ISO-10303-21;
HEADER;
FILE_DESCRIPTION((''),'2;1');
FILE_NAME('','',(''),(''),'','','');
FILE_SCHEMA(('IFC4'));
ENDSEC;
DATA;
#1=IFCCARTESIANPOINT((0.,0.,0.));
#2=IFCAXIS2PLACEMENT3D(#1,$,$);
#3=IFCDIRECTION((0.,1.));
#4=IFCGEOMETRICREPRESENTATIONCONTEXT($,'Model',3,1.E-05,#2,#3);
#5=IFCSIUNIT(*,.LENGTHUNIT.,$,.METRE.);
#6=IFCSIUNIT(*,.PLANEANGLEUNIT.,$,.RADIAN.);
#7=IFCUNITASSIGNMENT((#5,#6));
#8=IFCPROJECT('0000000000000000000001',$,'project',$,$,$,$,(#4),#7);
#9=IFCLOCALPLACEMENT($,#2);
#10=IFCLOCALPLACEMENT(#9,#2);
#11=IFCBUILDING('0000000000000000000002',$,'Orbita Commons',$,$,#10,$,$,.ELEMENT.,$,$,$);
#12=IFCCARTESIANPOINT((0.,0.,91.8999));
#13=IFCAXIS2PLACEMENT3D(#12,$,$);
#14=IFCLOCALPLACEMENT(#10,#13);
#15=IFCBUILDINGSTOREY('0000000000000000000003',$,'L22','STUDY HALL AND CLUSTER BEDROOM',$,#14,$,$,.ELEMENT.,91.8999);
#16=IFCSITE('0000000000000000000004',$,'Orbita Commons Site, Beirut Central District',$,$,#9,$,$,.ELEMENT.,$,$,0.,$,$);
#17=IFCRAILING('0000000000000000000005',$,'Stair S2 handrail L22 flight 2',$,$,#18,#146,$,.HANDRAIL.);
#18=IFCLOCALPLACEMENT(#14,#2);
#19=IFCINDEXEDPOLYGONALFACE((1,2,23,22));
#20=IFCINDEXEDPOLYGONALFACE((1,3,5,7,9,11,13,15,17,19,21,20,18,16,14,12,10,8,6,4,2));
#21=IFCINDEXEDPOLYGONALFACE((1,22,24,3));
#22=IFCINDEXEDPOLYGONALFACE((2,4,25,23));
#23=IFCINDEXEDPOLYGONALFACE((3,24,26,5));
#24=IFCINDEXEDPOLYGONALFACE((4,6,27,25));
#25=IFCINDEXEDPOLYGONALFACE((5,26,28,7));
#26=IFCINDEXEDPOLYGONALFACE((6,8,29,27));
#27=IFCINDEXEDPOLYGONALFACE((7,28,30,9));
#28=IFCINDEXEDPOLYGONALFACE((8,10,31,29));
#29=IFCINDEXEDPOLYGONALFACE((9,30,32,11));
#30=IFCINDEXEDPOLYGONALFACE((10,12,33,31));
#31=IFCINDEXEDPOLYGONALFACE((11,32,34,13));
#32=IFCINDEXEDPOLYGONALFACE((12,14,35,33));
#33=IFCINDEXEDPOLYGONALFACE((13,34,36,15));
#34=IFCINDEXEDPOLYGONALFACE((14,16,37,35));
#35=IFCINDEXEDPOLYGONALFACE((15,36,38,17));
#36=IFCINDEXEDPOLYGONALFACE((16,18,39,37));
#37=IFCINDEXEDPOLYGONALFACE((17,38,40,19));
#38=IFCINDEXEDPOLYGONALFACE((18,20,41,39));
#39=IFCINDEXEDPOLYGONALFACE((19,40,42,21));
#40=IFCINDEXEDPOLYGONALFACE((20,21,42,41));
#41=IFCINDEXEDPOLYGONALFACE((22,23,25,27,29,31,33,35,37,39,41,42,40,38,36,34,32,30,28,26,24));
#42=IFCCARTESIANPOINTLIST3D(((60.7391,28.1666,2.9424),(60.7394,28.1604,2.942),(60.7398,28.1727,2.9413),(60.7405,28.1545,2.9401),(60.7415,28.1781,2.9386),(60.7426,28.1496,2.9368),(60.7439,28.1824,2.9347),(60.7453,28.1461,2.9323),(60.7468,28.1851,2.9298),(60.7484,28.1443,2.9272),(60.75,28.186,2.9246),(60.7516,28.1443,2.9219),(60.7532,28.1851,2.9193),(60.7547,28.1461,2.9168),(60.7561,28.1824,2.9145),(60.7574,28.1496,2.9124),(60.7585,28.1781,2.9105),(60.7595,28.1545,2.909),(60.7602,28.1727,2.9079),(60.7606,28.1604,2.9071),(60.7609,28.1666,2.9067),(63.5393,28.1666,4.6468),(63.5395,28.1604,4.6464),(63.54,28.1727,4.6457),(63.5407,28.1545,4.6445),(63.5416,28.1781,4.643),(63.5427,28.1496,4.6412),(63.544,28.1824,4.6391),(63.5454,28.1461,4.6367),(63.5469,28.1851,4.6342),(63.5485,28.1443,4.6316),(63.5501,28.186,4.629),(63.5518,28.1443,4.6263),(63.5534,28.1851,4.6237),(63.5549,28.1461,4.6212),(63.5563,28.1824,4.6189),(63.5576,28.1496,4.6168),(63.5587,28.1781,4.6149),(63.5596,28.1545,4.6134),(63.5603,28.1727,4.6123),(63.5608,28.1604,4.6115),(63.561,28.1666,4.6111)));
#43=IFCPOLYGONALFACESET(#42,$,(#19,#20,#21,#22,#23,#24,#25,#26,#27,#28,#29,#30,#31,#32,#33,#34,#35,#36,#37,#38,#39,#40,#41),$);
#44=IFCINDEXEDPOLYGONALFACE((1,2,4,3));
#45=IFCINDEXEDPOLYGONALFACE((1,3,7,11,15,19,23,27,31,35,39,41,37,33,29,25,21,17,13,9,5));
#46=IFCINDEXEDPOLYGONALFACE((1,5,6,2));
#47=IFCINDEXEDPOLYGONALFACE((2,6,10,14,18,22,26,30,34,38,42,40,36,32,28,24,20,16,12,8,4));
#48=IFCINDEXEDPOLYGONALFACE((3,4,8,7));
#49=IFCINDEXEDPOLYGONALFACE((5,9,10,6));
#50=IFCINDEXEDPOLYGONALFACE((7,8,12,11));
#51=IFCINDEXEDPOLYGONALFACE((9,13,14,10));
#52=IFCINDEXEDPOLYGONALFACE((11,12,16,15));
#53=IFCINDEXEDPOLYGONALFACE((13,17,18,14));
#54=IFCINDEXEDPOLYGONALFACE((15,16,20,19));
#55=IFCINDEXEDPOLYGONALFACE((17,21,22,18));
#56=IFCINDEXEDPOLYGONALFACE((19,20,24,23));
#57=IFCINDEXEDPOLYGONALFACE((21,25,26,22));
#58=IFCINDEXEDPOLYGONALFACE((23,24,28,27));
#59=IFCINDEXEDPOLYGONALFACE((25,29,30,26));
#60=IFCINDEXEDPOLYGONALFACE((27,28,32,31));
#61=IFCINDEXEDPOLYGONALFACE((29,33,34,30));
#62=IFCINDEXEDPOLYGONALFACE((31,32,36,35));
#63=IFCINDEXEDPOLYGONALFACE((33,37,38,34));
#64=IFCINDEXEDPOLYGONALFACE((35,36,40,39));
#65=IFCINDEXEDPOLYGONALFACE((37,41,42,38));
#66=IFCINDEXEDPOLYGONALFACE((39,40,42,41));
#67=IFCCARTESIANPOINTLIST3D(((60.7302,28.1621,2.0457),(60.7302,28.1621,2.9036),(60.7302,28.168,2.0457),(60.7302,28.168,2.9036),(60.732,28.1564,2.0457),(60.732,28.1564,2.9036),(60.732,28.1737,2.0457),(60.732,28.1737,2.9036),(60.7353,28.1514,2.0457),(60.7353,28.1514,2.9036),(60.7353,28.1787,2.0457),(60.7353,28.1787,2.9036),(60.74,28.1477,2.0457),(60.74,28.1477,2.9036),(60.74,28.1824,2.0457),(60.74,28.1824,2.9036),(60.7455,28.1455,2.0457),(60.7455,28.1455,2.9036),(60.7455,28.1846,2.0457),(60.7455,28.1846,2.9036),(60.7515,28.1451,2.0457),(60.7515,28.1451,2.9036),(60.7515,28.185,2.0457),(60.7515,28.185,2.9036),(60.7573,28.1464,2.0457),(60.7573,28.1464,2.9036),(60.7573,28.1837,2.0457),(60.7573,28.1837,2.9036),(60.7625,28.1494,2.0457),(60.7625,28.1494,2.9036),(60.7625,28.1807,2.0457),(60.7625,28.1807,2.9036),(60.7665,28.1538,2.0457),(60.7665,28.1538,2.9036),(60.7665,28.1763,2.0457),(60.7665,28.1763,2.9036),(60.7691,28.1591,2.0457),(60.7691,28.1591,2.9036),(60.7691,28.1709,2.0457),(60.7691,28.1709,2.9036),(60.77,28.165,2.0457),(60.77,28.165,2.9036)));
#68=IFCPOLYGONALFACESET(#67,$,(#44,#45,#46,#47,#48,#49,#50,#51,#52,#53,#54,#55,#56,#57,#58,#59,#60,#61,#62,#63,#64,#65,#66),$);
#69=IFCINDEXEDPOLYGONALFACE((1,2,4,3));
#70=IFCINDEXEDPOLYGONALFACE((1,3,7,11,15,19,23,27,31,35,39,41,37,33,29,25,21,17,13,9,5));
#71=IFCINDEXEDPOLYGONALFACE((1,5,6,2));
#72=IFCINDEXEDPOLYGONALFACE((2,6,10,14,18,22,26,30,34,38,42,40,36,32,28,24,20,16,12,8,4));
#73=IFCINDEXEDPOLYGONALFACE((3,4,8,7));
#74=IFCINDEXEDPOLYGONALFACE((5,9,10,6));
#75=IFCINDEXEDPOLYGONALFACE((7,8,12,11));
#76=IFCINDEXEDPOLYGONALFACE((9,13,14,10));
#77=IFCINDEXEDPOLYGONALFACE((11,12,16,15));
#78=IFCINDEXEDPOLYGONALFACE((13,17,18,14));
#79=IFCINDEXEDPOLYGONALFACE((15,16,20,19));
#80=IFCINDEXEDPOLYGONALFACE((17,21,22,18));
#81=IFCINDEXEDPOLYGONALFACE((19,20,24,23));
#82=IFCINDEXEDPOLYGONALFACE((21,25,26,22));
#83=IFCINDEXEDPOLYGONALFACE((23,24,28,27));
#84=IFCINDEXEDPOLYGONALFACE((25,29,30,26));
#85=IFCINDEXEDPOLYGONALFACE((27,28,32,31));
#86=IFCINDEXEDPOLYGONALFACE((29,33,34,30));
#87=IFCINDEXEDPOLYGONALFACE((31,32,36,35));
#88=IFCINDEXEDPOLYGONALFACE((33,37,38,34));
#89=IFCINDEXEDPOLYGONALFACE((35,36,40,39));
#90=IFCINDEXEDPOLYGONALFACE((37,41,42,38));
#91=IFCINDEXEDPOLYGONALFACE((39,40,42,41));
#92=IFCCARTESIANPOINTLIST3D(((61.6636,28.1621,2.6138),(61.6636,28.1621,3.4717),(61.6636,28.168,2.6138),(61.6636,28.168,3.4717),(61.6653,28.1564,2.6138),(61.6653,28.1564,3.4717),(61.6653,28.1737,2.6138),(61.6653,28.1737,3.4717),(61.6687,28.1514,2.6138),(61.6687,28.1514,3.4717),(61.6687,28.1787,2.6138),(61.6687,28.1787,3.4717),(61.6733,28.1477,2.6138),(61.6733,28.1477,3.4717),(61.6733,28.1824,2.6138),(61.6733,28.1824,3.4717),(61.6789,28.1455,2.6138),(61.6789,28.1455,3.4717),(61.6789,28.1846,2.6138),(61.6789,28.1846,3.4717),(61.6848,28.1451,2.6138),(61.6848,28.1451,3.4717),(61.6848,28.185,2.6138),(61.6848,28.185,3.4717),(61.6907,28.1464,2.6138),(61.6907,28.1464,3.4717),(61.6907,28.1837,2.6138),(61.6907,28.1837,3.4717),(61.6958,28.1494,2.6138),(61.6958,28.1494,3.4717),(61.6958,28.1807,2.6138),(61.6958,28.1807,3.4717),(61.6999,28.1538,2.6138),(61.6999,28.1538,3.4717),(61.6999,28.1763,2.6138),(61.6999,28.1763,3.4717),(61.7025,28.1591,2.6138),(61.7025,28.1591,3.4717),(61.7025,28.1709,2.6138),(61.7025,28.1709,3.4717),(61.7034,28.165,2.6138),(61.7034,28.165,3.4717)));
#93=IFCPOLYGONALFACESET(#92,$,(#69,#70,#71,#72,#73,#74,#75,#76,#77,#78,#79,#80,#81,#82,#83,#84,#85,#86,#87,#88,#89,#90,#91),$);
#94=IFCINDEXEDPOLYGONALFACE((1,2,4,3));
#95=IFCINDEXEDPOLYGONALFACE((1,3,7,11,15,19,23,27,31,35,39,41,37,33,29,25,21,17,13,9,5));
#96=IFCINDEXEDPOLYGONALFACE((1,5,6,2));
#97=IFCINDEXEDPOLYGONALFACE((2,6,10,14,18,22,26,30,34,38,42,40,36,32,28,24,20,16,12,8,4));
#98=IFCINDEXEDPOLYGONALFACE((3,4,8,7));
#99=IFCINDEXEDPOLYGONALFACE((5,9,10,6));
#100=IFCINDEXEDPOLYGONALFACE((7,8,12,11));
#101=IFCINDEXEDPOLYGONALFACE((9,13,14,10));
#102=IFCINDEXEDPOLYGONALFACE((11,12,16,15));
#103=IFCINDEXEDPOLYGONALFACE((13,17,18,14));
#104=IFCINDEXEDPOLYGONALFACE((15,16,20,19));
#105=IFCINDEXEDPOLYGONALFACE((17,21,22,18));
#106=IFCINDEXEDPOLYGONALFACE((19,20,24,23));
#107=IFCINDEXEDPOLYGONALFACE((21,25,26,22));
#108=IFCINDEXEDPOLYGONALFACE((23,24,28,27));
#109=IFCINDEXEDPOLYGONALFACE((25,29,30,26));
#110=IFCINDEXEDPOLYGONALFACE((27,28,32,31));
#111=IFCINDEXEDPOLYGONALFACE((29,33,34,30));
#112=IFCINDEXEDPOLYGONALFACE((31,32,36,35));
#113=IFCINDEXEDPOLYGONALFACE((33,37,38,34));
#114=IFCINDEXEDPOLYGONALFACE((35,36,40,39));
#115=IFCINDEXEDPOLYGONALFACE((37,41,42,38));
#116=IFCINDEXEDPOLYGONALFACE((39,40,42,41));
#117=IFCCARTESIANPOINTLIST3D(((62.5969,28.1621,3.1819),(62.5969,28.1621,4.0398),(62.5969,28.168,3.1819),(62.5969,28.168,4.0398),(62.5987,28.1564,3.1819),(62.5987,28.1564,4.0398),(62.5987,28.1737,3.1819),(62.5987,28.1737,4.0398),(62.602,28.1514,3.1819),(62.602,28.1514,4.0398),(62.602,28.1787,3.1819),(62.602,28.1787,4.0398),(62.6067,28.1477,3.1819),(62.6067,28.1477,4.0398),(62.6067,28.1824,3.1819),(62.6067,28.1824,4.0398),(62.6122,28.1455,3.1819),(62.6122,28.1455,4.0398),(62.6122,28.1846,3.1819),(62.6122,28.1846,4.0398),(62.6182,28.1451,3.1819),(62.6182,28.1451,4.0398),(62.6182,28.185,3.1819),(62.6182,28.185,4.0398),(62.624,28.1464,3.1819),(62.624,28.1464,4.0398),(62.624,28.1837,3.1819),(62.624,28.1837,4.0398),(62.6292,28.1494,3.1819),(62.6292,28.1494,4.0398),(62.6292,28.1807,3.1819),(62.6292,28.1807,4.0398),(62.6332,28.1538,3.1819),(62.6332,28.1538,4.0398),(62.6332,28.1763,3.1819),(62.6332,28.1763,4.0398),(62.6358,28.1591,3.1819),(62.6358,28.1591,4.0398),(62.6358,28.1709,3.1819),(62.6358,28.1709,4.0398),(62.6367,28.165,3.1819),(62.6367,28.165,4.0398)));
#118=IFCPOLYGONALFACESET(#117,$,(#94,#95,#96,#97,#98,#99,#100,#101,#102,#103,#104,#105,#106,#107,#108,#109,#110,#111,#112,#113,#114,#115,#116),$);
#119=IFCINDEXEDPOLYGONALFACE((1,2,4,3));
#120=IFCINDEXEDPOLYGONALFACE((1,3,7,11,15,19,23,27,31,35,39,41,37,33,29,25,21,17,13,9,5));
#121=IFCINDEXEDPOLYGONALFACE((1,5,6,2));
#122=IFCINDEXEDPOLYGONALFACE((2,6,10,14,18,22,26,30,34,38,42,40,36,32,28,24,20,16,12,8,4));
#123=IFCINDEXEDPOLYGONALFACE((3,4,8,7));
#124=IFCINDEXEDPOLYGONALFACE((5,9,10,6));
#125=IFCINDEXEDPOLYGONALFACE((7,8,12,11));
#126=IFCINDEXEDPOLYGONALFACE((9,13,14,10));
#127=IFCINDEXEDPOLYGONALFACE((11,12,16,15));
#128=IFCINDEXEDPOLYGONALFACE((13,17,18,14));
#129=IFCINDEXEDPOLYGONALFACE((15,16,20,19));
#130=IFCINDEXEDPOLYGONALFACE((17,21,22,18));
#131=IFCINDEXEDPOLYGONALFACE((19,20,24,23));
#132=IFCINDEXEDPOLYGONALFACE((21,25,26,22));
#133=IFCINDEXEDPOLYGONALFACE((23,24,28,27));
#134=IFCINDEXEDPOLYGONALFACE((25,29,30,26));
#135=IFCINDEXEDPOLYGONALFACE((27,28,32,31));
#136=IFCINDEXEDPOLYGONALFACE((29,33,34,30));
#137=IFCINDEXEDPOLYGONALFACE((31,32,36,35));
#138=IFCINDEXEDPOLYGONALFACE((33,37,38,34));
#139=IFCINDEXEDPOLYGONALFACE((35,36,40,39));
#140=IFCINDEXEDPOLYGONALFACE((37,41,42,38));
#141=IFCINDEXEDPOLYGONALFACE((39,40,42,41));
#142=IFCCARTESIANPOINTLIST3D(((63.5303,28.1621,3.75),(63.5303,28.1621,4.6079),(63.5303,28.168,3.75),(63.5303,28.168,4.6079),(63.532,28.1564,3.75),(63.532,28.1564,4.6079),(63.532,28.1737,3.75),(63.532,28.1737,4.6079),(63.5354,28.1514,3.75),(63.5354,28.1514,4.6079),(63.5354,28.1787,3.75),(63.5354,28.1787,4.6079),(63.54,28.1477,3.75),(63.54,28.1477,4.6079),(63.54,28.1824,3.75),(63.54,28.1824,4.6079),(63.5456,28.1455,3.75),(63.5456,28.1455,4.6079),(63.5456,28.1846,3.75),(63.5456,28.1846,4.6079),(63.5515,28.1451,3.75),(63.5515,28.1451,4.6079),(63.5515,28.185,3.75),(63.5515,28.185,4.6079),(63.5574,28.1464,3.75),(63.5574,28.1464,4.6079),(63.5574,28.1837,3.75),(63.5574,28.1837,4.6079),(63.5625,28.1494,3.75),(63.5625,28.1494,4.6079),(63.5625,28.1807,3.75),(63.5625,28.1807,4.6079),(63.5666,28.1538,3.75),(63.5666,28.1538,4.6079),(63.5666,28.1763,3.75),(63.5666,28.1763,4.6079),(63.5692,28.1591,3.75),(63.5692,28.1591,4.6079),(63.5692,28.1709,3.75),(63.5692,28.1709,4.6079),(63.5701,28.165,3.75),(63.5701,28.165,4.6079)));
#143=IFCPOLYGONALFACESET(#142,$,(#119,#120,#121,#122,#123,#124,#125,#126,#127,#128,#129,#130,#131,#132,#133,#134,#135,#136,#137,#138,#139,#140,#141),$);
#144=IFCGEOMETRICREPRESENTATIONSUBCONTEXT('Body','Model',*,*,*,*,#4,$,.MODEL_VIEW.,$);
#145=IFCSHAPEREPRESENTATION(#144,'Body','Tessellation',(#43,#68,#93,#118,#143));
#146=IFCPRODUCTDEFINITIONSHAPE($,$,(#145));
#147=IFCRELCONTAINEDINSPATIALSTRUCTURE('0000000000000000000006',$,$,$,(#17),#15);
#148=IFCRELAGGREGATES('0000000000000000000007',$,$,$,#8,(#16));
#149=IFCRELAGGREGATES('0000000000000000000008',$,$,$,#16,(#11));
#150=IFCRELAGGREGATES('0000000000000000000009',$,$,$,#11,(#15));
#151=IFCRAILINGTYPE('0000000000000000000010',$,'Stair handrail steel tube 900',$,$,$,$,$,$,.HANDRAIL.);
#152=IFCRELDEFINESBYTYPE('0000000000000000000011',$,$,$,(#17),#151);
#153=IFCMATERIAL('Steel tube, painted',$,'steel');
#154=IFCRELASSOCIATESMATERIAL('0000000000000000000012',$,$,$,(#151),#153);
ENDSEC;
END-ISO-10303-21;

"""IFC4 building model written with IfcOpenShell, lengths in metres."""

from ifc_helpers import new_model, si_unit, direction, frame, origin, origin_2d, place, context, subcontext, project, spatial, circle, extrude, material, type_object, element, save


model = new_model("IFC4")

# Units and contexts
model_context = context("Model", 3, precision=1e-05, world=origin(), true_north=direction((0.0, 1.0)))
body_context = subcontext(model_context, "Body", "Model", "MODEL_VIEW")
ifc_project = project(units=[si_unit("LENGTHUNIT", "METRE"), si_unit("PLANEANGLEUNIT", "RADIAN")], contexts=[model_context])

# Site, building, storey
site_placement = place(None, origin())
site = spatial("IfcSite", under=ifc_project, at=site_placement, Name="Orbita Commons Site, Beirut Central District", CompositionType="ELEMENT", RefElevation=0.0)
building_placement = place(site_placement, origin())
building = spatial("IfcBuilding", under=site, at=building_placement, Name="Orbita Commons", CompositionType="ELEMENT")
storey_placement = place(building_placement, frame((0.0, 0.0, 91.8999)))
storey = spatial("IfcBuildingStorey", under=building, at=storey_placement, Name="L22", Description="STUDY HALL AND CLUSTER BEDROOM", CompositionType="ELEMENT", Elevation=91.8999)

# Railing
ifc_material_1 = material(Name="Steel tube, painted", Category="steel")
railing_type = type_object("IfcRailingType", Name="Stair handrail steel tube 900", PredefinedType="HANDRAIL", material=ifc_material_1)
for number, where, name in (
    (1, (60.75, 28.165, 2.0457), "Stair S2 handrail L22 flight 2"),
):
    element("IfcRailing", number, at=place(storey_placement, frame(where)), inside=storey, type_object=railing_type, Name=name, PredefinedType="HANDRAIL", context=body_context, shape_type="SweptSolid", body=[
        extrude(circle(Radius=0.021, at=origin_2d()), frame((0.0, 0.0, 0.8789), z_axis=(0.854203, 0.0, 0.51994), x_axis=(0.0, 1.0, 0.0)), (0.0, 0.0, 1.0), 3.2781),
        extrude(circle(Radius=0.02, at=origin_2d()), origin(), (0.0, 0.0, 1.0), 0.8579),
        extrude(circle(Radius=0.02, at=origin_2d()), frame((0.9333, 0.0, 0.5681)), (0.0, 0.0, 1.0), 0.8579),
        extrude(circle(Radius=0.02, at=origin_2d()), frame((1.8667, 0.0, 1.1362)), (0.0, 0.0, 1.0), 0.8579),
        extrude(circle(Radius=0.02, at=origin_2d()), frame((2.8, 0.0, 1.7043)), (0.0, 0.0, 1.0), 0.8579),
    ])

save(model, "model.ifc")
